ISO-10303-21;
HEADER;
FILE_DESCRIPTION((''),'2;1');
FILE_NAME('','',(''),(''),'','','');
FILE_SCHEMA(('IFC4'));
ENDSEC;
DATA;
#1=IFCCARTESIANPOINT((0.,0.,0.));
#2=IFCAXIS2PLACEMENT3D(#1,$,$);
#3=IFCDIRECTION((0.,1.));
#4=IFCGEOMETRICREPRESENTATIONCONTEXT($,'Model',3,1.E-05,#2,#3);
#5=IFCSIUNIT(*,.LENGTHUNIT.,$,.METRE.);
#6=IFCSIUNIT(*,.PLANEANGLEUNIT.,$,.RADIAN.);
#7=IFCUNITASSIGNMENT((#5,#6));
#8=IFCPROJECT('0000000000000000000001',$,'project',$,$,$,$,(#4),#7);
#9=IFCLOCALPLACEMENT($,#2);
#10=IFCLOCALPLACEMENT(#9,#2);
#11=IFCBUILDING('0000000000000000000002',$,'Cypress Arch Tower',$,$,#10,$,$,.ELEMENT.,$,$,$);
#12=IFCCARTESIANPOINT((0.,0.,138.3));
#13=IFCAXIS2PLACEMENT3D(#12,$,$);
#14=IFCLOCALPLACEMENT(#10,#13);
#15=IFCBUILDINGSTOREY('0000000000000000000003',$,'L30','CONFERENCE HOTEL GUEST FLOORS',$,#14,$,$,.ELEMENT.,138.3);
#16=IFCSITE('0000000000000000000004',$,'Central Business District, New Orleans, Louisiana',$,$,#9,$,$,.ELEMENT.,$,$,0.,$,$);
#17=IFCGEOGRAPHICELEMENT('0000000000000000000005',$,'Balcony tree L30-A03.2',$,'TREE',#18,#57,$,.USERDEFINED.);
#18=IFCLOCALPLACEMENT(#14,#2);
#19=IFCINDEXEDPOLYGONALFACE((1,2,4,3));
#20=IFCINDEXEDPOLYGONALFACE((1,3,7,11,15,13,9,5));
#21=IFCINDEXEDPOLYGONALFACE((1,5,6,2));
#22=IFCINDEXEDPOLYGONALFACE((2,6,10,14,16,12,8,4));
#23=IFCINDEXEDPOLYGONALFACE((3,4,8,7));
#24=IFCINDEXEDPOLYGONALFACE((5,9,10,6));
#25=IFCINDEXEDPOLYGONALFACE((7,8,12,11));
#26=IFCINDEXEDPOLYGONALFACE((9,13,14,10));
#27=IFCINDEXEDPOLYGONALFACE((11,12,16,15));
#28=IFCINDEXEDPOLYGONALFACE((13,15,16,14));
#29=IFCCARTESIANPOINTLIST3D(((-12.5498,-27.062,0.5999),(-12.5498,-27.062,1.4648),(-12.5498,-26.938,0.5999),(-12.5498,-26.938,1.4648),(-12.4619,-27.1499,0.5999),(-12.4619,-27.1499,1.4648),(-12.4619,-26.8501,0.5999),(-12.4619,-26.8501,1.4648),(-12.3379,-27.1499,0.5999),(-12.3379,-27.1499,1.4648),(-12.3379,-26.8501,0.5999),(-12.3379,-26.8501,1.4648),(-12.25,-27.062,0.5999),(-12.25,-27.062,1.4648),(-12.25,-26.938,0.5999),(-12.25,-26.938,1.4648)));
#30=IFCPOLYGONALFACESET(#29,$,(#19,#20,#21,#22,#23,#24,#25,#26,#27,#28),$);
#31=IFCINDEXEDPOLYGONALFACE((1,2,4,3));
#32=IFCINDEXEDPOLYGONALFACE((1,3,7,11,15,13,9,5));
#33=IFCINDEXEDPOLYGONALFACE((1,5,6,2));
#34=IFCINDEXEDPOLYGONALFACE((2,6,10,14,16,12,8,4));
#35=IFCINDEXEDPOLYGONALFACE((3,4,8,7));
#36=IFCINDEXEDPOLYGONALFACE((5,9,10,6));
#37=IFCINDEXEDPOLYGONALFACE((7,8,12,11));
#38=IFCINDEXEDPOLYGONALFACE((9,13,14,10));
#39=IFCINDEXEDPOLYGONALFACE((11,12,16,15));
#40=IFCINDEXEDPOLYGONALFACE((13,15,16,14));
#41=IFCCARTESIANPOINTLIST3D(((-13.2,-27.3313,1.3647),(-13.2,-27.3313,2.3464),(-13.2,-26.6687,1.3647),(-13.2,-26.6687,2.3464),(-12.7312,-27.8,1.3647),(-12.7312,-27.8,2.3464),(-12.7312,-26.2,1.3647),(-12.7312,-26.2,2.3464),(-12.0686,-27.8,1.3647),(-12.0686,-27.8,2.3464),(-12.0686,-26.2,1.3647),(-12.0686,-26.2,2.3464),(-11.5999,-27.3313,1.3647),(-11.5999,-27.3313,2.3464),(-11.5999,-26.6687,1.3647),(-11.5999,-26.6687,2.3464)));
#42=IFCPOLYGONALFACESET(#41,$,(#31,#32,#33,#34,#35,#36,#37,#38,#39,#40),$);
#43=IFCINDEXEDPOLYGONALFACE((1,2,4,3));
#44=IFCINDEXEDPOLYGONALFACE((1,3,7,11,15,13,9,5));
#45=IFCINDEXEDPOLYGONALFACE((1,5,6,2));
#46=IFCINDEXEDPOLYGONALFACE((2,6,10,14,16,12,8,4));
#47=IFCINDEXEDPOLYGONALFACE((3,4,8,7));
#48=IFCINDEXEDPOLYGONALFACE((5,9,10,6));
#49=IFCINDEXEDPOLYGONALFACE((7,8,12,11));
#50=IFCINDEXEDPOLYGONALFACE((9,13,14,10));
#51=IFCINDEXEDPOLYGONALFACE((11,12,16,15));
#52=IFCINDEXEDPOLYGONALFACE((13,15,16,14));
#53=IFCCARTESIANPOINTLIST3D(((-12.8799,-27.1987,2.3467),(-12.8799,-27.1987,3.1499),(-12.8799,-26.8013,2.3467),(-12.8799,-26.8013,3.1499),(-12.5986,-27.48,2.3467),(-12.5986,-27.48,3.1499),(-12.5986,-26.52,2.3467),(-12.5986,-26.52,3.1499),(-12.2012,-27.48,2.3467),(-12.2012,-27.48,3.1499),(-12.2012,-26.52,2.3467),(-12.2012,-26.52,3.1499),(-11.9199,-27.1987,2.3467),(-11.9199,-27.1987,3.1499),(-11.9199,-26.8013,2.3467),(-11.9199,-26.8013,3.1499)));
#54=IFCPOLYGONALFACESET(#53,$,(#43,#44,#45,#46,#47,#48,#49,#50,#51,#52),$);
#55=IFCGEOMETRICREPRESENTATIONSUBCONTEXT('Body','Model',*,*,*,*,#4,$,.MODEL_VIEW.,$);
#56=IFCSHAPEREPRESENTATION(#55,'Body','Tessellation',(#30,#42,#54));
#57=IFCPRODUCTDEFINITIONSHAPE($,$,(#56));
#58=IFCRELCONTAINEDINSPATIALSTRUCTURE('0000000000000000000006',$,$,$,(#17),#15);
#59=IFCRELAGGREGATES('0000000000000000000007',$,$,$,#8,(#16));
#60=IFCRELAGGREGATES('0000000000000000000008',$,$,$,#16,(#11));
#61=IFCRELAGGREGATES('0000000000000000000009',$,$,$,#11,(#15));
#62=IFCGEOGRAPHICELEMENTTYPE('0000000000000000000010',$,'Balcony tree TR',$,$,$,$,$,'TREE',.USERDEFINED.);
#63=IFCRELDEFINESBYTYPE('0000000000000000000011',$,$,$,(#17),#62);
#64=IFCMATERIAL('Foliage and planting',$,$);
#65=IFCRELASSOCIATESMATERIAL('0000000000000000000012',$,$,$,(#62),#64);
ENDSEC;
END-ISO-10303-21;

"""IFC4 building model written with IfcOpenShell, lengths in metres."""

from ifc_helpers import new_model, si_unit, direction, frame, origin, place, context, subcontext, project, spatial, polyline, outline, extrude, material, type_object, element, save


model = new_model("IFC4")

# Units and contexts
model_context = context("Model", 3, precision=1e-05, world=origin(), true_north=direction((0.0, 1.0)))
body_context = subcontext(model_context, "Body", "Model", "MODEL_VIEW")
ifc_project = project(units=[si_unit("LENGTHUNIT", "METRE"), si_unit("PLANEANGLEUNIT", "RADIAN")], contexts=[model_context])

# Site, building, storey
site_placement = place(None, origin())
site = spatial("IfcSite", under=ifc_project, at=site_placement, Name="Central Business District, New Orleans, Louisiana", CompositionType="ELEMENT", RefElevation=0.0)
building_placement = place(site_placement, origin())
building = spatial("IfcBuilding", under=site, at=building_placement, Name="Cypress Arch Tower", CompositionType="ELEMENT")
storey_placement = place(building_placement, frame((0.0, 0.0, 138.3)))
storey = spatial("IfcBuildingStorey", under=building, at=storey_placement, Name="L30", Description="CONFERENCE HOTEL GUEST FLOORS", CompositionType="ELEMENT", Elevation=138.3)

# Geographic element
ifc_material_1 = material(Name="Foliage and planting")
geographic_element_type = type_object("IfcGeographicElementType", Name="Balcony tree TR", ElementType="TREE", PredefinedType="USERDEFINED", material=ifc_material_1)
for number, where, z_axis, x_axis, name in (
    (1, (-12.3999, -27.0, 0.5999), (0.0, 0.0, 1.0), (1.0, 0.0, 0.0), "Balcony tree L30-A03.2"),
):
    element("IfcGeographicElement", number, at=place(storey_placement, frame(where, z_axis=z_axis, x_axis=x_axis)), inside=storey, type_object=geographic_element_type, Name=name, ObjectType="TREE", PredefinedType="USERDEFINED", context=body_context, shape_type="SweptSolid", body=[
        extrude(outline(polyline([(0.1499, 0.062), (0.062, 0.1499), (-0.062, 0.1499), (-0.1499, 0.062), (-0.1499, -0.062), (-0.062, -0.1499), (0.062, -0.1499), (0.1499, -0.062), (0.1499, 0.062)])), origin(), (0.0, 0.0, 1.0), 0.865),
        extrude(outline(polyline([(0.8, 0.3313), (0.3313, 0.8), (-0.3313, 0.8), (-0.8, 0.3313), (-0.8, -0.3313), (-0.3313, -0.8), (0.3313, -0.8), (0.8, -0.3313), (0.8, 0.3313)])), frame((0.0, 0.0, 0.7649)), (0.0, 0.0, 1.0), 0.9817),
        extrude(outline(polyline([(0.48, 0.1987), (0.1987, 0.48), (-0.1987, 0.48), (-0.48, 0.1987), (-0.48, -0.1987), (-0.1987, -0.48), (0.1987, -0.48), (0.48, -0.1987), (0.48, 0.1987)])), frame((0.0, 0.0, 1.7468)), (0.0, 0.0, 1.0), 0.8032),
    ])

save(model, "model.ifc")
